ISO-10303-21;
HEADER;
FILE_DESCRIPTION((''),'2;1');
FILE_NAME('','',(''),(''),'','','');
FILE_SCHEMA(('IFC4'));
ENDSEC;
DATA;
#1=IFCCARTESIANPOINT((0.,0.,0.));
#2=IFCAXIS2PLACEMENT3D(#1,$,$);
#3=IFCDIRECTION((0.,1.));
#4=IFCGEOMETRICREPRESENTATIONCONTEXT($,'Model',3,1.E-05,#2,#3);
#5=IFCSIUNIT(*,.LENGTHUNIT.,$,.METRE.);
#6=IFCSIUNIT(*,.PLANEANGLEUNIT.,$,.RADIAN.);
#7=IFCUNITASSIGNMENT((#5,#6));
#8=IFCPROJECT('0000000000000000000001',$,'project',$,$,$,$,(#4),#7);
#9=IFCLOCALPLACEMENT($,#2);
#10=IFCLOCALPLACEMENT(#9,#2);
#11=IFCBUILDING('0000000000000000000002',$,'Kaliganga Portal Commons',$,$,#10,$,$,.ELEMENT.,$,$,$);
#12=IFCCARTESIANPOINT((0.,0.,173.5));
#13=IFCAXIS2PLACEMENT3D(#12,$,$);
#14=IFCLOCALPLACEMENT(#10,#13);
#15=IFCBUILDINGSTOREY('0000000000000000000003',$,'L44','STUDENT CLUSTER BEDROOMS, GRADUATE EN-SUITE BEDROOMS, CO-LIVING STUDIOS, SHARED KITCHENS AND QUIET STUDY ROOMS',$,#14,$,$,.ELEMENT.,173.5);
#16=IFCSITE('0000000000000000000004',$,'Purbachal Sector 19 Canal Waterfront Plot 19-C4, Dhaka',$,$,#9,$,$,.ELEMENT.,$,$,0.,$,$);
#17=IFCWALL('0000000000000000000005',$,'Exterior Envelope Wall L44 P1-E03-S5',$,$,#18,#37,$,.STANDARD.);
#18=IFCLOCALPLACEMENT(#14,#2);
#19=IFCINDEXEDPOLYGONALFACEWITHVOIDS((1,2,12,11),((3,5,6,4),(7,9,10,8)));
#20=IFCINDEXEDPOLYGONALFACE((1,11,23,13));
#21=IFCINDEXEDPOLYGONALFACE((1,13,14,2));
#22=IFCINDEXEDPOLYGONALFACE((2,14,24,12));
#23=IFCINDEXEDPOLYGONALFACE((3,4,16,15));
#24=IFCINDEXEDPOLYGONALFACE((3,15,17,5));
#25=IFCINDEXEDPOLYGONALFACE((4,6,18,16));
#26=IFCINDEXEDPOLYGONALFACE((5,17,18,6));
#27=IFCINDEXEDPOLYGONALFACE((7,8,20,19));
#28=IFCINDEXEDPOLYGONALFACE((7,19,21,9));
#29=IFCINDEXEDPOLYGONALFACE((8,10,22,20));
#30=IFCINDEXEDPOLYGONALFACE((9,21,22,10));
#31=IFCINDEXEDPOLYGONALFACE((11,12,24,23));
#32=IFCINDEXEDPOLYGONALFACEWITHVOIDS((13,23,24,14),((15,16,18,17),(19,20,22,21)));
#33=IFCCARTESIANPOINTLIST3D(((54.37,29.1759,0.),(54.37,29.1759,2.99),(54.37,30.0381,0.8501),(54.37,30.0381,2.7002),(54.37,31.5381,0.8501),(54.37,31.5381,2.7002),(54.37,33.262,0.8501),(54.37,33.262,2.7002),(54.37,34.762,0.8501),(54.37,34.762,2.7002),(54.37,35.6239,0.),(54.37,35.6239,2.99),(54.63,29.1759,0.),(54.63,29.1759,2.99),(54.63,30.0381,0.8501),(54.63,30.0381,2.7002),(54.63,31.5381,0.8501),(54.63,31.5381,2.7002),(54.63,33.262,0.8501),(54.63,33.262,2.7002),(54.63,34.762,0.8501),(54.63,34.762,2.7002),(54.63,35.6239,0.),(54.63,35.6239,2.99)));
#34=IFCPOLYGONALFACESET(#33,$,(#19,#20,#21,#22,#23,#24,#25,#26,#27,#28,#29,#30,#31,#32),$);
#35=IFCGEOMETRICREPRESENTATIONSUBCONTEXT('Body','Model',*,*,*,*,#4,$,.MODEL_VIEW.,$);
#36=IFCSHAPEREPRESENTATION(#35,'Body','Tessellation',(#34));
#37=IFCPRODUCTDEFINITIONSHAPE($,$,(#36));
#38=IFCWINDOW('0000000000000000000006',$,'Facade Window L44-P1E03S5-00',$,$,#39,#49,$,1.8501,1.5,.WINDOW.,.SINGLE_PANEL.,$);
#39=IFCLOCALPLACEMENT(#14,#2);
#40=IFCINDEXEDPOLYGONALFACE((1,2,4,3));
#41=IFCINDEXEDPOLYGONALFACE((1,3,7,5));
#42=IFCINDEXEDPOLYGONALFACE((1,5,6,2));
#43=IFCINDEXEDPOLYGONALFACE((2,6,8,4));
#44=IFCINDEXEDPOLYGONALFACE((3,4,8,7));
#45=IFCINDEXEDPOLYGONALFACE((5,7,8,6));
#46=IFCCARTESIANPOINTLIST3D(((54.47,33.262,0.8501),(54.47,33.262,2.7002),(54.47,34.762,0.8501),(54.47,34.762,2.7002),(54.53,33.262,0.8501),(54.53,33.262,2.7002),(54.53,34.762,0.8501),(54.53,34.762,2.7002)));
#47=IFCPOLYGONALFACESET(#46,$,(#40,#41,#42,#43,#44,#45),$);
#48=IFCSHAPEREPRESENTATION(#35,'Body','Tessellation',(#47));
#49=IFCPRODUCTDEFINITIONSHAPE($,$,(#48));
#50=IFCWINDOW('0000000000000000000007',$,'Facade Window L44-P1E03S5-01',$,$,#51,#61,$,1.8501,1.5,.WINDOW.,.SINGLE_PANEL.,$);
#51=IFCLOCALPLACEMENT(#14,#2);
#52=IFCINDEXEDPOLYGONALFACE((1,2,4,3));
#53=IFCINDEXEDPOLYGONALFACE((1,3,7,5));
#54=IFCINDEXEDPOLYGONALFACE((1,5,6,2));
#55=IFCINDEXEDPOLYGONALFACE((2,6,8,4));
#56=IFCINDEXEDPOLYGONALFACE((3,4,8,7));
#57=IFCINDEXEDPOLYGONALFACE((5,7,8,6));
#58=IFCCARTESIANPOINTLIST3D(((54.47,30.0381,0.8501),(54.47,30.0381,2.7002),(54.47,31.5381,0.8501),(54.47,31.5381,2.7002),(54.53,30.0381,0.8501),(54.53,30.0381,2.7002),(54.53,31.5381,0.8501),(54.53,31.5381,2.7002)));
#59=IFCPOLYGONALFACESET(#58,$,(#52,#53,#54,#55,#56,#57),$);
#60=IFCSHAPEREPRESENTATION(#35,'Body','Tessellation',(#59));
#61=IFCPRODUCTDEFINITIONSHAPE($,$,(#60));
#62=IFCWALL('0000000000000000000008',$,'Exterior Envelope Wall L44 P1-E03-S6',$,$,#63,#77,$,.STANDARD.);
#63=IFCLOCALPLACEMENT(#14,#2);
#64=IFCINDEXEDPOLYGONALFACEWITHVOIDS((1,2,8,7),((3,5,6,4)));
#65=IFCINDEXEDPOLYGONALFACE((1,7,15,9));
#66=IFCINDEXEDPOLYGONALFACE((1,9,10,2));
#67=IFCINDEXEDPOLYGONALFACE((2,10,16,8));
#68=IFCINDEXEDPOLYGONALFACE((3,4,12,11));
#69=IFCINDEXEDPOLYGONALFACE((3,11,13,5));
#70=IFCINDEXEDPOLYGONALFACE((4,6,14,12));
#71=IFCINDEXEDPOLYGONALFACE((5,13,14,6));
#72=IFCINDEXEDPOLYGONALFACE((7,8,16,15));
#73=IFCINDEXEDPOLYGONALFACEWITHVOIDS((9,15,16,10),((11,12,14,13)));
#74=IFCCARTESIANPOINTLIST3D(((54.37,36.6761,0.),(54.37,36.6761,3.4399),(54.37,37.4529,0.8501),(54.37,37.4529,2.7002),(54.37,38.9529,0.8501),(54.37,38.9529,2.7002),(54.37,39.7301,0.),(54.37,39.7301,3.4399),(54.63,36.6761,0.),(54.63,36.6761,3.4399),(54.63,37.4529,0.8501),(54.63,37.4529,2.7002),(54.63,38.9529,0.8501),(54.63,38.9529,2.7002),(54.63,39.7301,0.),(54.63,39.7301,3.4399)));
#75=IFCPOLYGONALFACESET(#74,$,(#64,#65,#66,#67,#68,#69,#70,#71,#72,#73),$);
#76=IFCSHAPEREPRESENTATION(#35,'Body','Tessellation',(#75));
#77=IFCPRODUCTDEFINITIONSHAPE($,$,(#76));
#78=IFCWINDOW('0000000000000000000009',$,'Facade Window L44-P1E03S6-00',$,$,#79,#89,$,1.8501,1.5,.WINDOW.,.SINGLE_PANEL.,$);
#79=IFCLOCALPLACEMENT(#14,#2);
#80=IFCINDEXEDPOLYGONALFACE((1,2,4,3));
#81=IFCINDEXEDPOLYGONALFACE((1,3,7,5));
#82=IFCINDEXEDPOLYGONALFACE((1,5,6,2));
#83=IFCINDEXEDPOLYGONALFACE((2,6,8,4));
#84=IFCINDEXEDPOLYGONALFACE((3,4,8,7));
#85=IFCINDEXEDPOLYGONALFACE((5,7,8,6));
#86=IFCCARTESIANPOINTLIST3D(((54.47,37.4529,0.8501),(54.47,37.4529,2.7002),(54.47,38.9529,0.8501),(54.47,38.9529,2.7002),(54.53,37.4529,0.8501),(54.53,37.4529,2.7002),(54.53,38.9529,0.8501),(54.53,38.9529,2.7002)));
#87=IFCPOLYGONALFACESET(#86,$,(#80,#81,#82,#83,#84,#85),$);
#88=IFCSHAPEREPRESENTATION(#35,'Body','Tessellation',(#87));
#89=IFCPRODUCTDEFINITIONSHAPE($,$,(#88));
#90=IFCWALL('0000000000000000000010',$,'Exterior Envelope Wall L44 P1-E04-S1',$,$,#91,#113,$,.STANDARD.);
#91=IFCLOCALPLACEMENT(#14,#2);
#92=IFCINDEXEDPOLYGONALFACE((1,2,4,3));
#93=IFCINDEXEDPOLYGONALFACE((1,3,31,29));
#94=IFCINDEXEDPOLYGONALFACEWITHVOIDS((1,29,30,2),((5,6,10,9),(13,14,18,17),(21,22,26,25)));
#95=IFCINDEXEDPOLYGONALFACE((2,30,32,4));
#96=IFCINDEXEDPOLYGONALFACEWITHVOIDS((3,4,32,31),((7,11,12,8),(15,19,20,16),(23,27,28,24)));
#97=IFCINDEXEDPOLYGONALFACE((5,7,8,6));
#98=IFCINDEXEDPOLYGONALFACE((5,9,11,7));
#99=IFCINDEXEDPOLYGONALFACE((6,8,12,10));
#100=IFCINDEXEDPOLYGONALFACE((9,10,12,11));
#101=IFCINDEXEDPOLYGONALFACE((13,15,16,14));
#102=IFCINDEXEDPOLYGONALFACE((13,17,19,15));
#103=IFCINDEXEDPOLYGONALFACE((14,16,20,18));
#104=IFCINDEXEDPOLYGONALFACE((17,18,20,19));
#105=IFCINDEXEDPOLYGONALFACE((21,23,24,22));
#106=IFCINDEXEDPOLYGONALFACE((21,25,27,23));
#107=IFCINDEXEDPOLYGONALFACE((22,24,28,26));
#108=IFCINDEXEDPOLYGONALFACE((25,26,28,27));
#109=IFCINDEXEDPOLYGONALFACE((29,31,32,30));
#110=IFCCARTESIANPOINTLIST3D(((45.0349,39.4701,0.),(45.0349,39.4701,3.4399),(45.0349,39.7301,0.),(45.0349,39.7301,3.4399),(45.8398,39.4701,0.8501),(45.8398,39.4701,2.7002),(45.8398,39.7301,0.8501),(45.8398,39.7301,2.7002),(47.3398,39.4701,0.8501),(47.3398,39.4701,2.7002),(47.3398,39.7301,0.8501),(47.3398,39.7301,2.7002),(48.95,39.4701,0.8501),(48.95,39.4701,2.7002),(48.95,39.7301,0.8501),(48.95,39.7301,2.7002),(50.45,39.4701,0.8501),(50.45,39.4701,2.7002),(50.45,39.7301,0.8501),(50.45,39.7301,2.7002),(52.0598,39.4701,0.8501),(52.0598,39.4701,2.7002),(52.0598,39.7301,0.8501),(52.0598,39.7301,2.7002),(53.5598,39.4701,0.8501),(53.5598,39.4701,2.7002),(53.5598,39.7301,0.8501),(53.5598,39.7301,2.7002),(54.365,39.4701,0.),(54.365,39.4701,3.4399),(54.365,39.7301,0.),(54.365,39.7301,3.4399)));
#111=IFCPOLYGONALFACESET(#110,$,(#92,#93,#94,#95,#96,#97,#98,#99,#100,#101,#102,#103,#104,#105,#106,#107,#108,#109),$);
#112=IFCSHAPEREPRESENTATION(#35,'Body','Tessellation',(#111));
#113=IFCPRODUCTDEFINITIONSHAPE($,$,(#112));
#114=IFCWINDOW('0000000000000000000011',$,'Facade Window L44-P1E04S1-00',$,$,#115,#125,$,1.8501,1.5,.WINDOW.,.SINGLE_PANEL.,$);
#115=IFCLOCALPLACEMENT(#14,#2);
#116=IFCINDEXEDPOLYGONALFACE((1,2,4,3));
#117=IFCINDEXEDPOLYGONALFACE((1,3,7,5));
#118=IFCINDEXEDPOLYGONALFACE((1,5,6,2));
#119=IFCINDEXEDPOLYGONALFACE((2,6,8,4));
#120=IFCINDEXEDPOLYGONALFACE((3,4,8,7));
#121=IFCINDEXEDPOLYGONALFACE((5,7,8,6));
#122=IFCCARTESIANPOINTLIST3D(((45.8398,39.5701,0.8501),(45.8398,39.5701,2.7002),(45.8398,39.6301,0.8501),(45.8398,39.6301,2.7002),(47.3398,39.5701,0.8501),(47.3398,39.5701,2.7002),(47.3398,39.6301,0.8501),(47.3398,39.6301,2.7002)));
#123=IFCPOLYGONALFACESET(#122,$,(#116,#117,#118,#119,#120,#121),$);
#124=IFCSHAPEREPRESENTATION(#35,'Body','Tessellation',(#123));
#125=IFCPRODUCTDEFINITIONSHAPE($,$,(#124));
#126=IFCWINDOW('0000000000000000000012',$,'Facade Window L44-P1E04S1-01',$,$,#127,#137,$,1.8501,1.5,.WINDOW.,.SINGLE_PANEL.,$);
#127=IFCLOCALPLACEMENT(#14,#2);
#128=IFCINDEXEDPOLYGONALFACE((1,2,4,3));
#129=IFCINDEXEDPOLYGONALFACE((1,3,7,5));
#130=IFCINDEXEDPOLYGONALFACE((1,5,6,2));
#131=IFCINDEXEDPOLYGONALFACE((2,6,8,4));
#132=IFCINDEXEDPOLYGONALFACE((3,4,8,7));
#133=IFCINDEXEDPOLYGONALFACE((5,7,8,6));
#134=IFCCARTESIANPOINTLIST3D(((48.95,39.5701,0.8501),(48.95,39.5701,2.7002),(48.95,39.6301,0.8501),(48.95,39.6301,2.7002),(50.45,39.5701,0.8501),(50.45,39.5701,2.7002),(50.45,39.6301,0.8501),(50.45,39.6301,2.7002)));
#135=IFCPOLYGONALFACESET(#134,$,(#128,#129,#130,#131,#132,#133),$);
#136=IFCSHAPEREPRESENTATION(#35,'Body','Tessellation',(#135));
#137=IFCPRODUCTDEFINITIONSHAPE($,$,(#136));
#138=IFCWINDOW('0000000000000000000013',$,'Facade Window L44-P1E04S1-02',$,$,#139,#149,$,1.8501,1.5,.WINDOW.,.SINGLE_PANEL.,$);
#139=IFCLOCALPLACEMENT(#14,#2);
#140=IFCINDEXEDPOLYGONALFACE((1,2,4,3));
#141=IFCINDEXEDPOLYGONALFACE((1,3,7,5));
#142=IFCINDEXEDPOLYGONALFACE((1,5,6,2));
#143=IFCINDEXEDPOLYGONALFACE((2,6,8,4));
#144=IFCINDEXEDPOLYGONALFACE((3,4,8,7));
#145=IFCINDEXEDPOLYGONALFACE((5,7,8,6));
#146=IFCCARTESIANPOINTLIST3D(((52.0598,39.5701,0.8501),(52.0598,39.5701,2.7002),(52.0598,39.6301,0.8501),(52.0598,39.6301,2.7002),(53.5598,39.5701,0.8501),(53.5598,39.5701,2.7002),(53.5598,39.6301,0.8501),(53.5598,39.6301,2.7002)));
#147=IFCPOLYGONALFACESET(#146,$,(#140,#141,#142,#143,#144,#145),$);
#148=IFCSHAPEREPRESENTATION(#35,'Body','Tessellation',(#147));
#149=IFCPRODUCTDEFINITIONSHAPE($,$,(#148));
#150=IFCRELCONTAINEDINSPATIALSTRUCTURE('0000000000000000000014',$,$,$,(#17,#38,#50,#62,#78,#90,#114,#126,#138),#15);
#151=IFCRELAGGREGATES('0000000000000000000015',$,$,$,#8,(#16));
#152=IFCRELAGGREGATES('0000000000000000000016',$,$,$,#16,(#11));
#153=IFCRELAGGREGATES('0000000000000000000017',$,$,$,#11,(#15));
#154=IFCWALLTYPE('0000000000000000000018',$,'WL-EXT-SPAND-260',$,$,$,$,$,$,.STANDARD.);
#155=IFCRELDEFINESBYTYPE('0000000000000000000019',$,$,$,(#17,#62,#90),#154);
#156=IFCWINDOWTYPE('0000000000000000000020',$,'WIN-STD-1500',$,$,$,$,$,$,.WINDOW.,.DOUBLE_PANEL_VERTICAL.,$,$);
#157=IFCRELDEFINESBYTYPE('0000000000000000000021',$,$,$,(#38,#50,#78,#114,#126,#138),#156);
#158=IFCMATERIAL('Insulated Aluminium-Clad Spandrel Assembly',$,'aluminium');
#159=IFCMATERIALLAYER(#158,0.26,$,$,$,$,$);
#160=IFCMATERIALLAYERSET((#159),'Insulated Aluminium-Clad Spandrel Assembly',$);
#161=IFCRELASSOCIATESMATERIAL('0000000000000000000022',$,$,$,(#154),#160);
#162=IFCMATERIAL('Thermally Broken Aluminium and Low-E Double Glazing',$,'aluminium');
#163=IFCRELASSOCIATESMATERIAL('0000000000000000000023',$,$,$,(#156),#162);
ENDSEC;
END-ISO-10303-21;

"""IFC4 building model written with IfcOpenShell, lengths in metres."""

from ifc_helpers import new_model, si_unit, direction, frame, frame_2d, origin, place, context, subcontext, project, spatial, rectangle, extrude, material, layer, layer_set, type_object, element, fill, save


model = new_model("IFC4")

# Units and contexts
model_context = context("Model", 3, precision=1e-05, world=origin(), true_north=direction((0.0, 1.0)))
body_context = subcontext(model_context, "Body", "Model", "MODEL_VIEW")
ifc_project = project(units=[si_unit("LENGTHUNIT", "METRE"), si_unit("PLANEANGLEUNIT", "RADIAN")], contexts=[model_context])

# Site, building, storey
site_placement = place(None, origin())
site = spatial("IfcSite", under=ifc_project, at=site_placement, Name="Purbachal Sector 19 Canal Waterfront Plot 19-C4, Dhaka", CompositionType="ELEMENT", RefElevation=0.0)
building_placement = place(site_placement, origin())
building = spatial("IfcBuilding", under=site, at=building_placement, Name="Kaliganga Portal Commons", CompositionType="ELEMENT")
storey_placement = place(building_placement, frame((0.0, 0.0, 173.5)))
storey = spatial("IfcBuildingStorey", under=building, at=storey_placement, Name="L44", Description="STUDENT CLUSTER BEDROOMS, GRADUATE EN-SUITE BEDROOMS, CO-LIVING STUDIOS, SHARED KITCHENS AND QUIET STUDY ROOMS", CompositionType="ELEMENT", Elevation=173.5)

# Wall, openings, windows
ifc_material_1 = material(Name="Insulated Aluminium-Clad Spandrel Assembly", Category="aluminium")
ifc_layer_1 = layer(ifc_material_1, 0.26)
ifc_layer_set_1 = layer_set([ifc_layer_1], Name="Insulated Aluminium-Clad Spandrel Assembly")
wall_type_1 = type_object("IfcWallType", Name="WL-EXT-SPAND-260", PredefinedType="STANDARD", material=ifc_layer_set_1)
wall_1_placement = place(storey_placement, frame((54.5, 35.624, 0.0), z_axis=(0.0, 0.0, 1.0), x_axis=(0.0, -1.0, 0.0)))
wall_1 = element("IfcWall", 1, at=wall_1_placement, inside=storey, type_object=wall_type_1, Name="Exterior Envelope Wall L44 P1-E03-S5", PredefinedType="STANDARD", context=body_context, shape_type="SweptSolid", body=[
    extrude(rectangle(XDim=6.448, YDim=0.26, at=frame_2d((3.2241, 0.0))), origin(), (0.0, 0.0, 1.0), 2.99),
])
opening_1_placement = place(wall_1_placement, frame((0.8621, 0.0, 0.8501)))
opening_1 = element("IfcOpeningElement", 2, at=opening_1_placement, cuts=wall_1, PredefinedType="OPENING", context=body_context, shape_type="SweptSolid", body=[
    extrude(rectangle(XDim=1.5, YDim=1.8501, at=frame_2d((0.75, 0.925))), frame((0.0, 0.1401, 0.0), z_axis=(0.0, -1.0, 0.0), x_axis=(1.0, 0.0, 0.0)), (0.0, 0.0, 1.0), 0.28),
])
opening_2_placement = place(wall_1_placement, frame((4.0859, 0.0, 0.8501)))
opening_2 = element("IfcOpeningElement", 3, at=opening_2_placement, cuts=wall_1, PredefinedType="OPENING", context=body_context, shape_type="SweptSolid", body=[
    extrude(rectangle(XDim=1.5, YDim=1.8501, at=frame_2d((0.75, 0.925))), frame((0.0, 0.1401, 0.0), z_axis=(0.0, -1.0, 0.0), x_axis=(1.0, 0.0, 0.0)), (0.0, 0.0, 1.0), 0.28),
])
ifc_material_2 = material(Name="Thermally Broken Aluminium and Low-E Double Glazing", Category="aluminium")
window_type = type_object("IfcWindowType", Name="WIN-STD-1500", PartitioningType="DOUBLE_PANEL_VERTICAL", PredefinedType="WINDOW", material=ifc_material_2)
window_1_placement = place(opening_1_placement, origin())
window_1 = element("IfcWindow", 4, at=window_1_placement, inside=storey, type_object=window_type, Name="Facade Window L44-P1E03S5-00", OverallHeight=1.8501, OverallWidth=1.5, PartitioningType="SINGLE_PANEL", PredefinedType="WINDOW", context=body_context, shape_type="SweptSolid", body=[
    extrude(rectangle(XDim=1.5, YDim=1.8501, at=frame_2d((0.75, 0.925))), frame((0.0, 0.03, 0.0), z_axis=(0.0, -1.0, 0.0), x_axis=(1.0, 0.0, 0.0)), (0.0, 0.0, 1.0), 0.0601),
])
fill(opening_1, window_1)
window_2_placement = place(opening_2_placement, origin())
window_2 = element("IfcWindow", 5, at=window_2_placement, inside=storey, type_object=window_type, Name="Facade Window L44-P1E03S5-01", OverallHeight=1.8501, OverallWidth=1.5, PartitioningType="SINGLE_PANEL", PredefinedType="WINDOW", context=body_context, shape_type="SweptSolid", body=[
    extrude(rectangle(XDim=1.5, YDim=1.8501, at=frame_2d((0.75, 0.925))), frame((0.0, 0.03, 0.0), z_axis=(0.0, -1.0, 0.0), x_axis=(1.0, 0.0, 0.0)), (0.0, 0.0, 1.0), 0.0601),
])
fill(opening_2, window_2)

# Wall, opening, window
wall_2_placement = place(storey_placement, frame((54.5, 39.73, 0.0), z_axis=(0.0, 0.0, 1.0), x_axis=(0.0, -1.0, 0.0)))
wall_2 = element("IfcWall", 6, at=wall_2_placement, inside=storey, type_object=wall_type_1, Name="Exterior Envelope Wall L44 P1-E03-S6", PredefinedType="STANDARD", context=body_context, shape_type="SweptSolid", body=[
    extrude(rectangle(XDim=3.054, YDim=0.26, at=frame_2d((1.5269, 0.0))), origin(), (0.0, 0.0, 1.0), 3.4399),
])
opening_3_placement = place(wall_2_placement, frame((0.7771, 0.0, 0.8501)))
opening_3 = element("IfcOpeningElement", 7, at=opening_3_placement, cuts=wall_2, PredefinedType="OPENING", context=body_context, shape_type="SweptSolid", body=[
    extrude(rectangle(XDim=1.5, YDim=1.8501, at=frame_2d((0.75, 0.925))), frame((0.0, 0.1401, 0.0), z_axis=(0.0, -1.0, 0.0), x_axis=(1.0, 0.0, 0.0)), (0.0, 0.0, 1.0), 0.28),
])
window_3_placement = place(opening_3_placement, origin())
window_3 = element("IfcWindow", 8, at=window_3_placement, inside=storey, type_object=window_type, Name="Facade Window L44-P1E03S6-00", OverallHeight=1.8501, OverallWidth=1.5, PartitioningType="SINGLE_PANEL", PredefinedType="WINDOW", context=body_context, shape_type="SweptSolid", body=[
    extrude(rectangle(XDim=1.5, YDim=1.8501, at=frame_2d((0.75, 0.925))), frame((0.0, 0.03, 0.0), z_axis=(0.0, -1.0, 0.0), x_axis=(1.0, 0.0, 0.0)), (0.0, 0.0, 1.0), 0.0601),
])
fill(opening_3, window_3)

# Wall, openings, windows
wall_3_placement = place(storey_placement, frame((45.0349, 39.6001, 0.0), z_axis=(0.0, 0.0, 1.0), x_axis=(1.0, 0.0, 0.0)))
wall_3 = element("IfcWall", 9, at=wall_3_placement, inside=storey, type_object=wall_type_1, Name="Exterior Envelope Wall L44 P1-E04-S1", PredefinedType="STANDARD", context=body_context, shape_type="SweptSolid", body=[
    extrude(rectangle(XDim=9.3301, YDim=0.26, at=frame_2d((4.665, 0.0))), origin(), (0.0, 0.0, 1.0), 3.4399),
])
opening_4_placement = place(wall_3_placement, frame((0.8049, 0.0, 0.8501)))
opening_4 = element("IfcOpeningElement", 10, at=opening_4_placement, cuts=wall_3, PredefinedType="OPENING", context=body_context, shape_type="SweptSolid", body=[
    extrude(rectangle(XDim=1.5, YDim=1.8501, at=frame_2d((0.75, 0.925))), frame((0.0, 0.1401, 0.0), z_axis=(0.0, -1.0, 0.0), x_axis=(1.0, 0.0, 0.0)), (0.0, 0.0, 1.0), 0.28),
])
opening_5_placement = place(wall_3_placement, frame((3.915, 0.0, 0.8501)))
opening_5 = element("IfcOpeningElement", 11, at=opening_5_placement, cuts=wall_3, PredefinedType="OPENING", context=body_context, shape_type="SweptSolid", body=[
    extrude(rectangle(XDim=1.5, YDim=1.8501, at=frame_2d((0.75, 0.925))), frame((0.0, 0.1401, 0.0), z_axis=(0.0, -1.0, 0.0), x_axis=(1.0, 0.0, 0.0)), (0.0, 0.0, 1.0), 0.28),
])
opening_6_placement = place(wall_3_placement, frame((7.0249, 0.0, 0.8501)))
opening_6 = element("IfcOpeningElement", 12, at=opening_6_placement, cuts=wall_3, PredefinedType="OPENING", context=body_context, shape_type="SweptSolid", body=[
    extrude(rectangle(XDim=1.5, YDim=1.8501, at=frame_2d((0.75, 0.925))), frame((0.0, 0.1401, 0.0), z_axis=(0.0, -1.0, 0.0), x_axis=(1.0, 0.0, 0.0)), (0.0, 0.0, 1.0), 0.28),
])
window_4_placement = place(opening_4_placement, origin())
window_4 = element("IfcWindow", 13, at=window_4_placement, inside=storey, type_object=window_type, Name="Facade Window L44-P1E04S1-00", OverallHeight=1.8501, OverallWidth=1.5, PartitioningType="SINGLE_PANEL", PredefinedType="WINDOW", context=body_context, shape_type="SweptSolid", body=[
    extrude(rectangle(XDim=1.5, YDim=1.8501, at=frame_2d((0.75, 0.925))), frame((0.0, 0.03, 0.0), z_axis=(0.0, -1.0, 0.0), x_axis=(1.0, 0.0, 0.0)), (0.0, 0.0, 1.0), 0.0601),
])
fill(opening_4, window_4)
window_5_placement = place(opening_5_placement, origin())
window_5 = element("IfcWindow", 14, at=window_5_placement, inside=storey, type_object=window_type, Name="Facade Window L44-P1E04S1-01", OverallHeight=1.8501, OverallWidth=1.5, PartitioningType="SINGLE_PANEL", PredefinedType="WINDOW", context=body_context, shape_type="SweptSolid", body=[
    extrude(rectangle(XDim=1.5, YDim=1.8501, at=frame_2d((0.75, 0.925))), frame((0.0, 0.03, 0.0), z_axis=(0.0, -1.0, 0.0), x_axis=(1.0, 0.0, 0.0)), (0.0, 0.0, 1.0), 0.0601),
])
fill(opening_5, window_5)
window_6_placement = place(opening_6_placement, origin())
window_6 = element("IfcWindow", 15, at=window_6_placement, inside=storey, type_object=window_type, Name="Facade Window L44-P1E04S1-02", OverallHeight=1.8501, OverallWidth=1.5, PartitioningType="SINGLE_PANEL", PredefinedType="WINDOW", context=body_context, shape_type="SweptSolid", body=[
    extrude(rectangle(XDim=1.5, YDim=1.8501, at=frame_2d((0.75, 0.925))), frame((0.0, 0.03, 0.0), z_axis=(0.0, -1.0, 0.0), x_axis=(1.0, 0.0, 0.0)), (0.0, 0.0, 1.0), 0.0601),
])
fill(opening_6, window_6)

save(model, "model.ifc")
